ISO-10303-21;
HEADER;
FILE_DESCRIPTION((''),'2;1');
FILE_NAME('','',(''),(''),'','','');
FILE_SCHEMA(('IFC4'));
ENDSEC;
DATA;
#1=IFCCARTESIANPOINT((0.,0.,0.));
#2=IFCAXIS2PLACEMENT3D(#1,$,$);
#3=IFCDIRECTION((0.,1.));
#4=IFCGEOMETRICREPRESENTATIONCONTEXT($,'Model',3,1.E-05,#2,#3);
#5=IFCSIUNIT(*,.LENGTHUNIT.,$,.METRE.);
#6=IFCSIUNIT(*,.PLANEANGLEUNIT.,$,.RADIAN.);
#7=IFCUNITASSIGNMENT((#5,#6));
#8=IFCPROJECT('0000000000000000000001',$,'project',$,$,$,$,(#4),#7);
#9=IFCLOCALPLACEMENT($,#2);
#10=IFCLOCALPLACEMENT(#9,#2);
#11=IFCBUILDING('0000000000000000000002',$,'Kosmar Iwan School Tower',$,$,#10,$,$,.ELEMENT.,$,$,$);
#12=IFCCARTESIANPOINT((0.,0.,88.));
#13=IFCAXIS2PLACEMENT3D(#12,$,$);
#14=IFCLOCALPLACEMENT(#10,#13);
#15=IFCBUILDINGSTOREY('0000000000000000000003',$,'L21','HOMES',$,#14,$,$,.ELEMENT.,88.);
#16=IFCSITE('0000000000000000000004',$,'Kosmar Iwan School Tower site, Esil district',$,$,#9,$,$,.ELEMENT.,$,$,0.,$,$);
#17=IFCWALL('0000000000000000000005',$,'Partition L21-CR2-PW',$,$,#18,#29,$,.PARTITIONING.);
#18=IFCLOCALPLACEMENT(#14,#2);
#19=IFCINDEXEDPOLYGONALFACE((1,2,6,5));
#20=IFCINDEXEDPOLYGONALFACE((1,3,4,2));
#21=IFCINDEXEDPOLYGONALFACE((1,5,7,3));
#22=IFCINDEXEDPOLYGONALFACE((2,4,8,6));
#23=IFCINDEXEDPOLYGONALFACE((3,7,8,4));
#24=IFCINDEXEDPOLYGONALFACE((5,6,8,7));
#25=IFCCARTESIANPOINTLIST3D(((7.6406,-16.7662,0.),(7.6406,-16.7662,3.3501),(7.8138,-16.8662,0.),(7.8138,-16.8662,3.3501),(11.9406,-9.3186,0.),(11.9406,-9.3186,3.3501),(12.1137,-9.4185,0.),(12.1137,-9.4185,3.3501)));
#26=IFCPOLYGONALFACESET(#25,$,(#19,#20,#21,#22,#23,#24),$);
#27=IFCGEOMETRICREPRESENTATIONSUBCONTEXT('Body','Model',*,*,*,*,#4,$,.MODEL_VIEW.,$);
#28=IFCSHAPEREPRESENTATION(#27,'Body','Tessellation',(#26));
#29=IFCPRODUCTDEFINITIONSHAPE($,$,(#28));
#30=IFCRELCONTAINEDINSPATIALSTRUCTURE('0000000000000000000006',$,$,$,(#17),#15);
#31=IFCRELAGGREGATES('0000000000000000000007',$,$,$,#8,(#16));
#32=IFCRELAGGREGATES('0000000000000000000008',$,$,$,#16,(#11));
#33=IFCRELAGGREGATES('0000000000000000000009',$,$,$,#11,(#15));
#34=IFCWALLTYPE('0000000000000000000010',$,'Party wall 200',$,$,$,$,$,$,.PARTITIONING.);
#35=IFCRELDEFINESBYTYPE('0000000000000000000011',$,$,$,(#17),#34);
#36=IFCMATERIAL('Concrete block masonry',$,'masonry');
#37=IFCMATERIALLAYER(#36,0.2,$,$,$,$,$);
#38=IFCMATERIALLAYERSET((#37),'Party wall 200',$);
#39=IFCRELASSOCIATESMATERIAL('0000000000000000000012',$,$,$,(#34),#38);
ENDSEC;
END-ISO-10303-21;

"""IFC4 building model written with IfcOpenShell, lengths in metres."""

from ifc_helpers import new_model, si_unit, direction, frame, frame_2d, origin, place, context, subcontext, project, spatial, rectangle, extrude, material, layer, layer_set, type_object, element, save


model = new_model("IFC4")

# Units and contexts
model_context = context("Model", 3, precision=1e-05, world=origin(), true_north=direction((0.0, 1.0)))
body_context = subcontext(model_context, "Body", "Model", "MODEL_VIEW")
ifc_project = project(units=[si_unit("LENGTHUNIT", "METRE"), si_unit("PLANEANGLEUNIT", "RADIAN")], contexts=[model_context])

# Site, building, storey
site_placement = place(None, origin())
site = spatial("IfcSite", under=ifc_project, at=site_placement, Name="Kosmar Iwan School Tower site, Esil district", CompositionType="ELEMENT", RefElevation=0.0)
building_placement = place(site_placement, origin())
building = spatial("IfcBuilding", under=site, at=building_placement, Name="Kosmar Iwan School Tower", CompositionType="ELEMENT")
storey_placement = place(building_placement, frame((0.0, 0.0, 88.0)))
storey = spatial("IfcBuildingStorey", under=building, at=storey_placement, Name="L21", Description="HOMES", CompositionType="ELEMENT", Elevation=88.0)

# Wall
ifc_material_1 = material(Name="Concrete block masonry", Category="masonry")
ifc_layer_1 = layer(ifc_material_1, 0.2)
ifc_layer_set_1 = layer_set([ifc_layer_1], Name="Party wall 200")
wall_type_1 = type_object("IfcWallType", Name="Party wall 200", PredefinedType="PARTITIONING", material=ifc_layer_set_1)
wall_1_placement = place(storey_placement, frame((12.0271, -9.3687, 0.0), z_axis=(0.0, 0.0, 1.0), x_axis=(-0.500008, -0.866021, 0.0)))
element("IfcWall", 1, at=wall_1_placement, inside=storey, type_object=wall_type_1, Name="Partition L21-CR2-PW", PredefinedType="PARTITIONING", context=body_context, shape_type="SweptSolid", body=[
    extrude(rectangle(XDim=8.5999, YDim=0.2, at=frame_2d((4.2998, 0.0))), origin(), (0.0, 0.0, 1.0), 3.3501),
])

save(model, "model.ifc")
